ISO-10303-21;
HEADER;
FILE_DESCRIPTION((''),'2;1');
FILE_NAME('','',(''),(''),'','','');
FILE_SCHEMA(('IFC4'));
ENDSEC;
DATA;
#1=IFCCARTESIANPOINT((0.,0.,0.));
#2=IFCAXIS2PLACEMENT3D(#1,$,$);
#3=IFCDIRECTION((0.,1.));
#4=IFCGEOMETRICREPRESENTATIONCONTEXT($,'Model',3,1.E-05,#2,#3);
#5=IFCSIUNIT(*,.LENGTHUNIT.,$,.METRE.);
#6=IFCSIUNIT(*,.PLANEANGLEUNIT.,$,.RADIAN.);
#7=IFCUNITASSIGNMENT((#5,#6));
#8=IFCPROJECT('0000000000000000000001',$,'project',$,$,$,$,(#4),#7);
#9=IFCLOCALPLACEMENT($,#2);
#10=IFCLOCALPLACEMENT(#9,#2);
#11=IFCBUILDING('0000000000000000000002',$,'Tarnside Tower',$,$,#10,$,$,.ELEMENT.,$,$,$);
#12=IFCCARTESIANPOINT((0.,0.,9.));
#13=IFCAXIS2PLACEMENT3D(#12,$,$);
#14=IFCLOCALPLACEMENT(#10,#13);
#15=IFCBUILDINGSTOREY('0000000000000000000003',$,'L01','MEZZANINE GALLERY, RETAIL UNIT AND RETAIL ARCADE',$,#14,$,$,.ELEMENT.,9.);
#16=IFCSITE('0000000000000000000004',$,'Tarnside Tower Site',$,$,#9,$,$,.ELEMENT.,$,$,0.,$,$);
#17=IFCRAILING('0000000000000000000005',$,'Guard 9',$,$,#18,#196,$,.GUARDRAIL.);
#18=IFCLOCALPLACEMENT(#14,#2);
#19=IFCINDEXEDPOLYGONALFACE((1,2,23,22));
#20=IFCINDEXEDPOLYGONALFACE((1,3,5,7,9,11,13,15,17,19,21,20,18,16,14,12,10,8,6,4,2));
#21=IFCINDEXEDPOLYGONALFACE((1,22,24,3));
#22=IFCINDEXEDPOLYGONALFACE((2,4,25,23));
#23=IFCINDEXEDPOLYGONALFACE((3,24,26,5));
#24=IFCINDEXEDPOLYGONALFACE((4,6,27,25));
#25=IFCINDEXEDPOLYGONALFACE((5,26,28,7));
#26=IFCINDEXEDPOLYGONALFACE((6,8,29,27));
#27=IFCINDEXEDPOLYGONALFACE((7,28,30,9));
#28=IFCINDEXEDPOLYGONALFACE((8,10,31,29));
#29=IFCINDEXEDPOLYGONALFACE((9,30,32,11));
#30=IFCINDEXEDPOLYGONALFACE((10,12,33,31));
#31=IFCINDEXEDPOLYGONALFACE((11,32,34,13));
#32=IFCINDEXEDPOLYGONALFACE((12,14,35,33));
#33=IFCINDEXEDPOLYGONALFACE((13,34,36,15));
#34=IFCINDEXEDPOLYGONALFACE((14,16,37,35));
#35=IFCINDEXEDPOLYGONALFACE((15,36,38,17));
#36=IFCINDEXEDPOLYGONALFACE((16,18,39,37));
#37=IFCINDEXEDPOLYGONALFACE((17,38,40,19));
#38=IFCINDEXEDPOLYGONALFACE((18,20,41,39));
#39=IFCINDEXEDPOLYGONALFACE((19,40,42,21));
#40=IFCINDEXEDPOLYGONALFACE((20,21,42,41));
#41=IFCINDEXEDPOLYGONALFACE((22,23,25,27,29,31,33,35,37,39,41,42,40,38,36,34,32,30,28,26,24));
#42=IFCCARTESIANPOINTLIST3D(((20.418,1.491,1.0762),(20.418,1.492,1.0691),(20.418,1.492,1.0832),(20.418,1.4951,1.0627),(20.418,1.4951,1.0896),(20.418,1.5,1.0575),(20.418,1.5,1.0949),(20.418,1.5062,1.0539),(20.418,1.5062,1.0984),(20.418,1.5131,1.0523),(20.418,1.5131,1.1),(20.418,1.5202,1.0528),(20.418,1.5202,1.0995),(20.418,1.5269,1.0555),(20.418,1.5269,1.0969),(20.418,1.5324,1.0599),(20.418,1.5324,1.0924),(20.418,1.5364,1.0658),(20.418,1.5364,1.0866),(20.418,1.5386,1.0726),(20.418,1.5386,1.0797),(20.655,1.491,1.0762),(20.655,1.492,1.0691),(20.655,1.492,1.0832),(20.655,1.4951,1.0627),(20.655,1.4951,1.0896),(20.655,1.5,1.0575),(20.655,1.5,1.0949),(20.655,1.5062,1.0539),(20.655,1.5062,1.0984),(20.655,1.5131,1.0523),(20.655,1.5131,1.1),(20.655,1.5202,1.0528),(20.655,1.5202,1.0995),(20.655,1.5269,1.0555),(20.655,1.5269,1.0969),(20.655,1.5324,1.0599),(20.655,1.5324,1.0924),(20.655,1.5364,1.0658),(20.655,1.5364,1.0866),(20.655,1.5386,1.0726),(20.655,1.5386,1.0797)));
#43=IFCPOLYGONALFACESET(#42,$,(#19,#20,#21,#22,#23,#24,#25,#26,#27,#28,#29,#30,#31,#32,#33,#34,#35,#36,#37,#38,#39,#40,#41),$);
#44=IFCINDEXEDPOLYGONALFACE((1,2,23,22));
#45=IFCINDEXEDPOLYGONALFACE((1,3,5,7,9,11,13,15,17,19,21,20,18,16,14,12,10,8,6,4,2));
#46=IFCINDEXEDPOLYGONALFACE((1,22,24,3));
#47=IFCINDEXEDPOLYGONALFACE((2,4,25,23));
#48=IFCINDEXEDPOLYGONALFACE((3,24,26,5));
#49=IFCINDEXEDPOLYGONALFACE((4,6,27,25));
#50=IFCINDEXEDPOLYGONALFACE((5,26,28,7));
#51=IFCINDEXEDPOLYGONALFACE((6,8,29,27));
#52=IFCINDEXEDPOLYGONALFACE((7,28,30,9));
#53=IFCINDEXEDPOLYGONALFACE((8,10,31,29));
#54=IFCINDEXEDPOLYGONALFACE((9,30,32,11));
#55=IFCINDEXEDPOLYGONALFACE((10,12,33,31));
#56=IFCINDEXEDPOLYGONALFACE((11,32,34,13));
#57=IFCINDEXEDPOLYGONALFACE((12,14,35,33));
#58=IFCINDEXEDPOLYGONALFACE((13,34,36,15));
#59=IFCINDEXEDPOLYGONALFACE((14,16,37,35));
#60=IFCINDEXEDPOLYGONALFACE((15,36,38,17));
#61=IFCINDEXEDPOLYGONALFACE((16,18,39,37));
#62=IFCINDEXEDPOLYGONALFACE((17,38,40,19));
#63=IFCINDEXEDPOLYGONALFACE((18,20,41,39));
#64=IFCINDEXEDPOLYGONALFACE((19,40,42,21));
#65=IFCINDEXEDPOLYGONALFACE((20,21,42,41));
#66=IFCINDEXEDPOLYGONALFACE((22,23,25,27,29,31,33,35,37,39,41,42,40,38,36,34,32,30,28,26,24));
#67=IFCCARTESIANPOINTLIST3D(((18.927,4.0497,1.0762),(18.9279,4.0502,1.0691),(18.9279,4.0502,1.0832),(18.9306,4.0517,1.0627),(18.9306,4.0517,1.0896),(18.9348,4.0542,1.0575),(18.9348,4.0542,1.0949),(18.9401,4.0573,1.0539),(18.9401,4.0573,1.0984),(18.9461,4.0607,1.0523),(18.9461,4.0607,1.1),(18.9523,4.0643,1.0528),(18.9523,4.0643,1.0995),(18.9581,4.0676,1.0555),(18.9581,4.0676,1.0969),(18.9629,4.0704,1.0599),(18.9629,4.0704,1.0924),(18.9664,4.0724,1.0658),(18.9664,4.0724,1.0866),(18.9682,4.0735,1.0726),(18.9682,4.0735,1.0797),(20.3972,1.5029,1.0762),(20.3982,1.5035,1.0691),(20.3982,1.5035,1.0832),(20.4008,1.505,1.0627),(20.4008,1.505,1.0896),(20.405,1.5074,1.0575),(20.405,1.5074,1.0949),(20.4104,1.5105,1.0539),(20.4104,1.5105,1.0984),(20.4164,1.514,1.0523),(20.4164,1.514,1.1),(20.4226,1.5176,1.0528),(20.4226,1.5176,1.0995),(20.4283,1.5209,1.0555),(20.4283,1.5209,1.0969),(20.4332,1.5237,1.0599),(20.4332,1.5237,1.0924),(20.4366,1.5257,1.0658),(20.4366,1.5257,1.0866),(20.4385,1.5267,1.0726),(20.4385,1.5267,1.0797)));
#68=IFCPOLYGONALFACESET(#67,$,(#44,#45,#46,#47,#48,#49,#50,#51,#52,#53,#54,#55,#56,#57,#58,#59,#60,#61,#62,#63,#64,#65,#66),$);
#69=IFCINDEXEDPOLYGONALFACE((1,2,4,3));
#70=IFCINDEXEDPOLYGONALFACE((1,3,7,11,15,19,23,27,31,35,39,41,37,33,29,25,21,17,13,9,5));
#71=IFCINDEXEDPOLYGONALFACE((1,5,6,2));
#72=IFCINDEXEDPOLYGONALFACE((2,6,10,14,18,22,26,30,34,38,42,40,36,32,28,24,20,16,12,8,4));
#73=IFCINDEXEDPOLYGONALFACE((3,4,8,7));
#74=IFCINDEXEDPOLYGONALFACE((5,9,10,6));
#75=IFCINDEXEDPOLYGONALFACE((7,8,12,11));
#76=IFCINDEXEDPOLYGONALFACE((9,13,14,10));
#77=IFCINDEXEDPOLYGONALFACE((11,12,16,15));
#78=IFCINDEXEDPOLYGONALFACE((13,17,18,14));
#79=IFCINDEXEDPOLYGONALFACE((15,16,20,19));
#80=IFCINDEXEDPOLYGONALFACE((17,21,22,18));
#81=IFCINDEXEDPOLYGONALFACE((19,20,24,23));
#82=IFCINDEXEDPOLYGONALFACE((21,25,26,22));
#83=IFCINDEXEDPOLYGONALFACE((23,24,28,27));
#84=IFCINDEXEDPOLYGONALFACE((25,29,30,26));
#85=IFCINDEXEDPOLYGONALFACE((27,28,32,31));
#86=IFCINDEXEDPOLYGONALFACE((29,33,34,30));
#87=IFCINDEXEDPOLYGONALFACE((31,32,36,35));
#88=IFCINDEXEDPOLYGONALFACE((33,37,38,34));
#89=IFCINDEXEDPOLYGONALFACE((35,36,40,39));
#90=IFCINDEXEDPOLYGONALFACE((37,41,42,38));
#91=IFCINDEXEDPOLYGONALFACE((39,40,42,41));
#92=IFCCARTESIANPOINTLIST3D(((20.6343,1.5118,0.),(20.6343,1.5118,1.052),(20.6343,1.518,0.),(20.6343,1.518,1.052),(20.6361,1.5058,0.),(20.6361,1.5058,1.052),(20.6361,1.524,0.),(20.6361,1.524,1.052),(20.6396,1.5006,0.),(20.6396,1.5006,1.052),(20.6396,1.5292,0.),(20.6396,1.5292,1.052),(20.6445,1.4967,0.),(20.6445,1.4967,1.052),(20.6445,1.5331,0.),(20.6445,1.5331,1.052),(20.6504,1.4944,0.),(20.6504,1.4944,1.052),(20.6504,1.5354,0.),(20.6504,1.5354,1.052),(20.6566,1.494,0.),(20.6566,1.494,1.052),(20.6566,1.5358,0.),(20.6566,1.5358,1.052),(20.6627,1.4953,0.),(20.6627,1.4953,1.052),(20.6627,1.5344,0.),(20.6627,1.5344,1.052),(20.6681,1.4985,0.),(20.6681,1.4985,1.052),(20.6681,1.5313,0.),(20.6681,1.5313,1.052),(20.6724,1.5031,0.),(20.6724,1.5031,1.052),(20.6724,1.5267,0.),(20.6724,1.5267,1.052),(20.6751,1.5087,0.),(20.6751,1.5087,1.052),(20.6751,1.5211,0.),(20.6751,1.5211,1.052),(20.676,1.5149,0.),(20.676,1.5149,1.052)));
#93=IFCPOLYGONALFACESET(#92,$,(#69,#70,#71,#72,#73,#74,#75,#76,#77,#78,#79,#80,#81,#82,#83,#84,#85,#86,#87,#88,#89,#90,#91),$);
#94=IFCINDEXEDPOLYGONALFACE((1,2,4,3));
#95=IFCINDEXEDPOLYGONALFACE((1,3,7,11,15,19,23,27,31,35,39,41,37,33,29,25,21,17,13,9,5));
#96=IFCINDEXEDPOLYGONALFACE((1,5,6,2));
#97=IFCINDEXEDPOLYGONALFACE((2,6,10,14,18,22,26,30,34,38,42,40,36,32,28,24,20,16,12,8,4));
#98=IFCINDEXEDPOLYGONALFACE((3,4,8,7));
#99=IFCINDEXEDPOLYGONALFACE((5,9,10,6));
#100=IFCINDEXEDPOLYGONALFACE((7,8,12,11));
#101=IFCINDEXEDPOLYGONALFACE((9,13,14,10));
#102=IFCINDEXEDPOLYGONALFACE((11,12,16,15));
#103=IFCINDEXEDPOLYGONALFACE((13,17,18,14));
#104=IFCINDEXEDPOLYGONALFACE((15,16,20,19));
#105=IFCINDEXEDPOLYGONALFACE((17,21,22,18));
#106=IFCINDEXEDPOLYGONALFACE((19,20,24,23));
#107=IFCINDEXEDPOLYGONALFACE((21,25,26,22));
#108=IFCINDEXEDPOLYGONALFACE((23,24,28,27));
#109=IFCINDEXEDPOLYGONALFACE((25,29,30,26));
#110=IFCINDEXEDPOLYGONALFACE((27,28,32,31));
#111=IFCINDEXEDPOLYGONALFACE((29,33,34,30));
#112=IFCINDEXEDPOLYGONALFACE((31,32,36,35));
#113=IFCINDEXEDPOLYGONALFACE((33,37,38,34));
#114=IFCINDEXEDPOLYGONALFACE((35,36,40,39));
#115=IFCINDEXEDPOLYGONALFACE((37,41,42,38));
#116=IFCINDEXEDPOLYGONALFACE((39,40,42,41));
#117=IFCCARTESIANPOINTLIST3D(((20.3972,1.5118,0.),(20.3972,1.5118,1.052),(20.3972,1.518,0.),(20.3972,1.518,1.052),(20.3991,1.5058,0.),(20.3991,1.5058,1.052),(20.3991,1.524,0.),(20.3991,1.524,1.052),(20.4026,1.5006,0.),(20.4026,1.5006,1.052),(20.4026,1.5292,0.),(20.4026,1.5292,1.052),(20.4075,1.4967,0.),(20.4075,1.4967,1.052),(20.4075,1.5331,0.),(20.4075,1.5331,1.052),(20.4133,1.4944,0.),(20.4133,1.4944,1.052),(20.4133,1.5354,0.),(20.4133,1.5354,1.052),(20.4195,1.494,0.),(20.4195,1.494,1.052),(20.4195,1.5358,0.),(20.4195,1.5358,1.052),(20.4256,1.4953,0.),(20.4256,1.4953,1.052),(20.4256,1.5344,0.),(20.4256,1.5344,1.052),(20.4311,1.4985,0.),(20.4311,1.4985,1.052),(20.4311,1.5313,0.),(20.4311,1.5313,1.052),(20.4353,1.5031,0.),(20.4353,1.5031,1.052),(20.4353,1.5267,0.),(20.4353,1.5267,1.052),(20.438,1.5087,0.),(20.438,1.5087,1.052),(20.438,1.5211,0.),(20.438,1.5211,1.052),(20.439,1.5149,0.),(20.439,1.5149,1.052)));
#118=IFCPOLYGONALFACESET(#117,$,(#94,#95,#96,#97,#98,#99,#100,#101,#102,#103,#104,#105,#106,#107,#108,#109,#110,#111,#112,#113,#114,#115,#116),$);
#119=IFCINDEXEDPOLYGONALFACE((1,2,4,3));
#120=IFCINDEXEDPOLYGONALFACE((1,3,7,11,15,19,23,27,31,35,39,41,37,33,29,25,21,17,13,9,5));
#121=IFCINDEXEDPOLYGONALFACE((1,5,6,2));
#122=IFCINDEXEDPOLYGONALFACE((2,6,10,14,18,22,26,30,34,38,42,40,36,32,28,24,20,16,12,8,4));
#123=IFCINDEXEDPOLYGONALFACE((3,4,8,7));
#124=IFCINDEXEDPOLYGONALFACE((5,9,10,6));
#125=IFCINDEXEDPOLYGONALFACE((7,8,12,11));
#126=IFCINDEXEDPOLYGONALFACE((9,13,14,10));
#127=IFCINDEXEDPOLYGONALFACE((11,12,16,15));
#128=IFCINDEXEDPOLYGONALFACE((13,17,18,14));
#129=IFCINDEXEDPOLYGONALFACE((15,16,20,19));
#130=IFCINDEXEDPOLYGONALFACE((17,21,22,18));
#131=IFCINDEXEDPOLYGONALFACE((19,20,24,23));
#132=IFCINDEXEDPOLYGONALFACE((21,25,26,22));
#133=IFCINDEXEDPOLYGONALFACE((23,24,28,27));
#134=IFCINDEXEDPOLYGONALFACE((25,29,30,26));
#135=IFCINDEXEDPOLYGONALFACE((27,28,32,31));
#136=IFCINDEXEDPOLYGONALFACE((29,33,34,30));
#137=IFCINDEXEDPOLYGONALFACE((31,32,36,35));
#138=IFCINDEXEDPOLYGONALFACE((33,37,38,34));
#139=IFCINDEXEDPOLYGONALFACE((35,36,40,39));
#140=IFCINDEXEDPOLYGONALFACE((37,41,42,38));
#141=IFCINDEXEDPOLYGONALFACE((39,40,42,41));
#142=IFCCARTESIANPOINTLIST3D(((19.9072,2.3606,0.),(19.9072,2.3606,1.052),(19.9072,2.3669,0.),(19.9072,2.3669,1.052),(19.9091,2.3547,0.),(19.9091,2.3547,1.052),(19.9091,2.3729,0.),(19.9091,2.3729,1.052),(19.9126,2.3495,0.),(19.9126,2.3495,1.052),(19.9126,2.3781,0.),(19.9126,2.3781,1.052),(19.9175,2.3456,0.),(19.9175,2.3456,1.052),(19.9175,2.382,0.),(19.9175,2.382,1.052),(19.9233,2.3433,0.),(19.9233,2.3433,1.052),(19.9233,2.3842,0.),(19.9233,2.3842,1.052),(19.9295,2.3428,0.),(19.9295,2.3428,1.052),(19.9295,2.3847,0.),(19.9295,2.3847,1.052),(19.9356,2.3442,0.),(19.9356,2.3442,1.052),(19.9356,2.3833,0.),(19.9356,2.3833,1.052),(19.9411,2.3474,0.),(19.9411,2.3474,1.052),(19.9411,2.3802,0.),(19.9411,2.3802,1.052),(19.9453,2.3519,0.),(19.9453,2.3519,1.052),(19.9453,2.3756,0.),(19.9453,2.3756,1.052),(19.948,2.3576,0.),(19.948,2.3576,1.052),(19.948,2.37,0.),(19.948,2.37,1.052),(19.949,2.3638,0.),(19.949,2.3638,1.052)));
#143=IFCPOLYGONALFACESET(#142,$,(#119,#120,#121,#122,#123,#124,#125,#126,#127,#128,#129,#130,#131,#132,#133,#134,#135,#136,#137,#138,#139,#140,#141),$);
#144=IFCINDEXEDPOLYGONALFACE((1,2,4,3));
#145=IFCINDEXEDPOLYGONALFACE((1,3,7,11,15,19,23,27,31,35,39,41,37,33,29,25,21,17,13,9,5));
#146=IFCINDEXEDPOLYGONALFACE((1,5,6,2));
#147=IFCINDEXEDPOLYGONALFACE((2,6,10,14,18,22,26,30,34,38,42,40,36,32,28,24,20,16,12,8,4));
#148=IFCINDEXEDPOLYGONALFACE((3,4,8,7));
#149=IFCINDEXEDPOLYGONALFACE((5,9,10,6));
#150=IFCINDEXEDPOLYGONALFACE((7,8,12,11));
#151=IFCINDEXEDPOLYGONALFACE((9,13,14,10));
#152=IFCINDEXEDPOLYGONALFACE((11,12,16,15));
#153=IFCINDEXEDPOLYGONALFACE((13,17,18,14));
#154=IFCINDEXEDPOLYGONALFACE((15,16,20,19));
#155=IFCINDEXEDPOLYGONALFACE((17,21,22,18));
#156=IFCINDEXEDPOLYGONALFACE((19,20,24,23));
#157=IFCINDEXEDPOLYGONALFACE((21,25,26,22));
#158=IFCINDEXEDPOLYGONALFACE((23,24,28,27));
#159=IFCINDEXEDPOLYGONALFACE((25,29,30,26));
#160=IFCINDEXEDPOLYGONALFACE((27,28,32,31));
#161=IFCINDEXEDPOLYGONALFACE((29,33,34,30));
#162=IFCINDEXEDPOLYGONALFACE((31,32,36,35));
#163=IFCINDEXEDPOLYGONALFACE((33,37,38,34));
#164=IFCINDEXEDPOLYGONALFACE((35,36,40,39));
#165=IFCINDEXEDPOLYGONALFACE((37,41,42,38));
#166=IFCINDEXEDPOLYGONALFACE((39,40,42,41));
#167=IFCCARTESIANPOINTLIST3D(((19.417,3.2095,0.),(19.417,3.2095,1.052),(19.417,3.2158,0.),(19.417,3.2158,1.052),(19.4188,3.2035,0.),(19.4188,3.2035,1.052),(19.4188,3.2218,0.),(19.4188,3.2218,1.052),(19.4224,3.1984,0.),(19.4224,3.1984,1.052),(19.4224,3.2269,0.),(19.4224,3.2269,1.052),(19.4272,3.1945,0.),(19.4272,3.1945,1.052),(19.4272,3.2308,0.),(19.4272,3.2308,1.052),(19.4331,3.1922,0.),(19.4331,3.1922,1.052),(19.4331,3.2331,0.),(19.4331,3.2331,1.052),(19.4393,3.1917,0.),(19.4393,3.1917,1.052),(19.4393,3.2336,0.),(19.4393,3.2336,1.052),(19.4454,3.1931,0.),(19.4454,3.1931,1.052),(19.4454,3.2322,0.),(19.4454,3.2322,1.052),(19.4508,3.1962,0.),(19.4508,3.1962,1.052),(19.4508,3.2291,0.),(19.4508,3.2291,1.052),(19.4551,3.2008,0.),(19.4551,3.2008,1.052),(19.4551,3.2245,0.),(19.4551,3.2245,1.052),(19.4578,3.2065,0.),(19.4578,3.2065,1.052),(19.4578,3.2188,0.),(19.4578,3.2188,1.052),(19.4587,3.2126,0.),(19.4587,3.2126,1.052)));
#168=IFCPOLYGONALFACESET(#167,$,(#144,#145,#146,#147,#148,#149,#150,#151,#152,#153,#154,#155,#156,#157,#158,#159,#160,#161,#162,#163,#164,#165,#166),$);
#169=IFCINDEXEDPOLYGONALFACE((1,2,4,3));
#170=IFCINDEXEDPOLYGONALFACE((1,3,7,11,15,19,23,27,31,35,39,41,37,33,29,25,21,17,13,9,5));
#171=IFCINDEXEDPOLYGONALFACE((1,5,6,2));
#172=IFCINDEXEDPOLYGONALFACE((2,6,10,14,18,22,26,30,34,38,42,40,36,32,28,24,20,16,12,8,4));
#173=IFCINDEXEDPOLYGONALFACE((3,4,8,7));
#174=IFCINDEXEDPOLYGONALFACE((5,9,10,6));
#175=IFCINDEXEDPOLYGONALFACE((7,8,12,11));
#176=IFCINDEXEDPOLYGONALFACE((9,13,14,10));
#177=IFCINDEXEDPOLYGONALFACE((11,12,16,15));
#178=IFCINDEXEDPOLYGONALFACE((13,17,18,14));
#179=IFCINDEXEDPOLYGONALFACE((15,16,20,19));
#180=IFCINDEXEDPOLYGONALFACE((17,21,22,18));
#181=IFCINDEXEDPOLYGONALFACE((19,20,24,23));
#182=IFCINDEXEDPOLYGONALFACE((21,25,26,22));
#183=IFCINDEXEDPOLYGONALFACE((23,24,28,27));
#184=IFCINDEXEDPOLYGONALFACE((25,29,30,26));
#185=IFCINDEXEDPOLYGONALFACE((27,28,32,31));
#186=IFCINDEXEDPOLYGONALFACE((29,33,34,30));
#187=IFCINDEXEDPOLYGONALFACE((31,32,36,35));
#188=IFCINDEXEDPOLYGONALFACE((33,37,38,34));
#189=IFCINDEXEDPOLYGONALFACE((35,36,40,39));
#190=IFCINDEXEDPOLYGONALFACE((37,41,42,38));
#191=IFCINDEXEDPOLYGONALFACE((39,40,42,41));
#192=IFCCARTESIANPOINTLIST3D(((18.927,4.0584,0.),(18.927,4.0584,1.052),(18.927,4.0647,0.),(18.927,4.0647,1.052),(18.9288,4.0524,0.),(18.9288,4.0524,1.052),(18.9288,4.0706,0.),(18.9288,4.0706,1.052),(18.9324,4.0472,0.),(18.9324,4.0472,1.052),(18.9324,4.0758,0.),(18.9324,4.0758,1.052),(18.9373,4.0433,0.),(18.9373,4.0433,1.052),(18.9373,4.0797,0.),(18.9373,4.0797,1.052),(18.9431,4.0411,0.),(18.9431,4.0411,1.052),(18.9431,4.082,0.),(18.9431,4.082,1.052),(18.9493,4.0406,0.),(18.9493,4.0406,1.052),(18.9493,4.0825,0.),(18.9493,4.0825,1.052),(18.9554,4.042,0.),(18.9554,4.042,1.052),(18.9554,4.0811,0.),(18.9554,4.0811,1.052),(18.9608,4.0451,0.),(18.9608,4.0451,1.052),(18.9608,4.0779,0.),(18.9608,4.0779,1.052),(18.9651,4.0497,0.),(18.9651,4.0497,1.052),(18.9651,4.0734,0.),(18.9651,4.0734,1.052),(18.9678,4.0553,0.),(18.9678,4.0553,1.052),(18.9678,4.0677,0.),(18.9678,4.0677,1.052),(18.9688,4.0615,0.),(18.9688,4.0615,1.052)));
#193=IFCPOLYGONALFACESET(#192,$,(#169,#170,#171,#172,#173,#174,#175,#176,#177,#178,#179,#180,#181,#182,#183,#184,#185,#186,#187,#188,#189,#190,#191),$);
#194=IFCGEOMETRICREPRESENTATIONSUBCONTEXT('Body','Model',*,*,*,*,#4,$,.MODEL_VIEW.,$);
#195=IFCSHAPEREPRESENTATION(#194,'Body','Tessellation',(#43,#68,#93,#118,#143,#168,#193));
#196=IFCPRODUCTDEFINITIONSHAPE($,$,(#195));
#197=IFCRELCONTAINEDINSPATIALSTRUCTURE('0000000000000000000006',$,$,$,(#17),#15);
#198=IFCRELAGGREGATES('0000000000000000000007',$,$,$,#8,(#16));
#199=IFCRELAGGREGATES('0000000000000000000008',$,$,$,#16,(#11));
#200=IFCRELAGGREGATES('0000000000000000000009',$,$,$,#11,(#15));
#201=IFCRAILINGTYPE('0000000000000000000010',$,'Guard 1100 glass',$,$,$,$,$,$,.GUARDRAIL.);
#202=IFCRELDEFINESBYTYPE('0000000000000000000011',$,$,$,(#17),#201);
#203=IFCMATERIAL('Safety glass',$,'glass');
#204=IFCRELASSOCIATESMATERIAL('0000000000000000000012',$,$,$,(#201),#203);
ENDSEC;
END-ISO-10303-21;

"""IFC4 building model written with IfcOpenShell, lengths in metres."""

from ifc_helpers import new_model, si_unit, direction, frame, origin, origin_2d, place, context, subcontext, project, spatial, circle, extrude, material, type_object, element, save


model = new_model("IFC4")

# Units and contexts
model_context = context("Model", 3, precision=1e-05, world=origin(), true_north=direction((0.0, 1.0)))
body_context = subcontext(model_context, "Body", "Model", "MODEL_VIEW")
ifc_project = project(units=[si_unit("LENGTHUNIT", "METRE"), si_unit("PLANEANGLEUNIT", "RADIAN")], contexts=[model_context])

# Site, building, storey
site_placement = place(None, origin())
site = spatial("IfcSite", under=ifc_project, at=site_placement, Name="Tarnside Tower Site", CompositionType="ELEMENT", RefElevation=0.0)
building_placement = place(site_placement, origin())
building = spatial("IfcBuilding", under=site, at=building_placement, Name="Tarnside Tower", CompositionType="ELEMENT")
storey_placement = place(building_placement, frame((0.0, 0.0, 9.0)))
storey = spatial("IfcBuildingStorey", under=building, at=storey_placement, Name="L01", Description="MEZZANINE GALLERY, RETAIL UNIT AND RETAIL ARCADE", CompositionType="ELEMENT", Elevation=9.0)

# Railing
ifc_material_1 = material(Name="Safety glass", Category="glass")
railing_type_1 = type_object("IfcRailingType", Name="Guard 1100 glass", PredefinedType="GUARDRAIL", material=ifc_material_1)
railing_1_placement = place(storey_placement, frame((20.655, 1.5149, 0.0)))
element("IfcRailing", 1, at=railing_1_placement, inside=storey, type_object=railing_type_1, Name="Guard 9", PredefinedType="GUARDRAIL", context=body_context, shape_type="SweptSolid", body=[
    extrude(circle(Radius=0.0239, at=origin_2d()), frame((0.0, 0.0, 1.0762), z_axis=(-1.0, 0.0, 0.0), x_axis=(0.0, -1.0, 0.0)), (0.0, 0.0, 1.0), 0.2371),
    extrude(circle(Radius=0.0239, at=origin_2d()), frame((-0.2371, 0.0, 1.0762), z_axis=(-0.499979, 0.866038, 0.0), x_axis=(-0.866038, -0.499979, 0.0)), (0.0, 0.0, 1.0), 2.9407),
    extrude(circle(Radius=0.021, at=origin_2d()), origin(), (0.0, 0.0, 1.0), 1.052),
    extrude(circle(Radius=0.021, at=origin_2d()), frame((-0.2371, 0.0, 0.0)), (0.0, 0.0, 1.0), 1.052),
    extrude(circle(Radius=0.021, at=origin_2d()), frame((-0.7271, 0.8489, 0.0)), (0.0, 0.0, 1.0), 1.052),
    extrude(circle(Radius=0.021, at=origin_2d()), frame((-1.2173, 1.6978, 0.0)), (0.0, 0.0, 1.0), 1.052),
    extrude(circle(Radius=0.021, at=origin_2d()), frame((-1.7073, 2.5466, 0.0)), (0.0, 0.0, 1.0), 1.052),
])

save(model, "model.ifc")
